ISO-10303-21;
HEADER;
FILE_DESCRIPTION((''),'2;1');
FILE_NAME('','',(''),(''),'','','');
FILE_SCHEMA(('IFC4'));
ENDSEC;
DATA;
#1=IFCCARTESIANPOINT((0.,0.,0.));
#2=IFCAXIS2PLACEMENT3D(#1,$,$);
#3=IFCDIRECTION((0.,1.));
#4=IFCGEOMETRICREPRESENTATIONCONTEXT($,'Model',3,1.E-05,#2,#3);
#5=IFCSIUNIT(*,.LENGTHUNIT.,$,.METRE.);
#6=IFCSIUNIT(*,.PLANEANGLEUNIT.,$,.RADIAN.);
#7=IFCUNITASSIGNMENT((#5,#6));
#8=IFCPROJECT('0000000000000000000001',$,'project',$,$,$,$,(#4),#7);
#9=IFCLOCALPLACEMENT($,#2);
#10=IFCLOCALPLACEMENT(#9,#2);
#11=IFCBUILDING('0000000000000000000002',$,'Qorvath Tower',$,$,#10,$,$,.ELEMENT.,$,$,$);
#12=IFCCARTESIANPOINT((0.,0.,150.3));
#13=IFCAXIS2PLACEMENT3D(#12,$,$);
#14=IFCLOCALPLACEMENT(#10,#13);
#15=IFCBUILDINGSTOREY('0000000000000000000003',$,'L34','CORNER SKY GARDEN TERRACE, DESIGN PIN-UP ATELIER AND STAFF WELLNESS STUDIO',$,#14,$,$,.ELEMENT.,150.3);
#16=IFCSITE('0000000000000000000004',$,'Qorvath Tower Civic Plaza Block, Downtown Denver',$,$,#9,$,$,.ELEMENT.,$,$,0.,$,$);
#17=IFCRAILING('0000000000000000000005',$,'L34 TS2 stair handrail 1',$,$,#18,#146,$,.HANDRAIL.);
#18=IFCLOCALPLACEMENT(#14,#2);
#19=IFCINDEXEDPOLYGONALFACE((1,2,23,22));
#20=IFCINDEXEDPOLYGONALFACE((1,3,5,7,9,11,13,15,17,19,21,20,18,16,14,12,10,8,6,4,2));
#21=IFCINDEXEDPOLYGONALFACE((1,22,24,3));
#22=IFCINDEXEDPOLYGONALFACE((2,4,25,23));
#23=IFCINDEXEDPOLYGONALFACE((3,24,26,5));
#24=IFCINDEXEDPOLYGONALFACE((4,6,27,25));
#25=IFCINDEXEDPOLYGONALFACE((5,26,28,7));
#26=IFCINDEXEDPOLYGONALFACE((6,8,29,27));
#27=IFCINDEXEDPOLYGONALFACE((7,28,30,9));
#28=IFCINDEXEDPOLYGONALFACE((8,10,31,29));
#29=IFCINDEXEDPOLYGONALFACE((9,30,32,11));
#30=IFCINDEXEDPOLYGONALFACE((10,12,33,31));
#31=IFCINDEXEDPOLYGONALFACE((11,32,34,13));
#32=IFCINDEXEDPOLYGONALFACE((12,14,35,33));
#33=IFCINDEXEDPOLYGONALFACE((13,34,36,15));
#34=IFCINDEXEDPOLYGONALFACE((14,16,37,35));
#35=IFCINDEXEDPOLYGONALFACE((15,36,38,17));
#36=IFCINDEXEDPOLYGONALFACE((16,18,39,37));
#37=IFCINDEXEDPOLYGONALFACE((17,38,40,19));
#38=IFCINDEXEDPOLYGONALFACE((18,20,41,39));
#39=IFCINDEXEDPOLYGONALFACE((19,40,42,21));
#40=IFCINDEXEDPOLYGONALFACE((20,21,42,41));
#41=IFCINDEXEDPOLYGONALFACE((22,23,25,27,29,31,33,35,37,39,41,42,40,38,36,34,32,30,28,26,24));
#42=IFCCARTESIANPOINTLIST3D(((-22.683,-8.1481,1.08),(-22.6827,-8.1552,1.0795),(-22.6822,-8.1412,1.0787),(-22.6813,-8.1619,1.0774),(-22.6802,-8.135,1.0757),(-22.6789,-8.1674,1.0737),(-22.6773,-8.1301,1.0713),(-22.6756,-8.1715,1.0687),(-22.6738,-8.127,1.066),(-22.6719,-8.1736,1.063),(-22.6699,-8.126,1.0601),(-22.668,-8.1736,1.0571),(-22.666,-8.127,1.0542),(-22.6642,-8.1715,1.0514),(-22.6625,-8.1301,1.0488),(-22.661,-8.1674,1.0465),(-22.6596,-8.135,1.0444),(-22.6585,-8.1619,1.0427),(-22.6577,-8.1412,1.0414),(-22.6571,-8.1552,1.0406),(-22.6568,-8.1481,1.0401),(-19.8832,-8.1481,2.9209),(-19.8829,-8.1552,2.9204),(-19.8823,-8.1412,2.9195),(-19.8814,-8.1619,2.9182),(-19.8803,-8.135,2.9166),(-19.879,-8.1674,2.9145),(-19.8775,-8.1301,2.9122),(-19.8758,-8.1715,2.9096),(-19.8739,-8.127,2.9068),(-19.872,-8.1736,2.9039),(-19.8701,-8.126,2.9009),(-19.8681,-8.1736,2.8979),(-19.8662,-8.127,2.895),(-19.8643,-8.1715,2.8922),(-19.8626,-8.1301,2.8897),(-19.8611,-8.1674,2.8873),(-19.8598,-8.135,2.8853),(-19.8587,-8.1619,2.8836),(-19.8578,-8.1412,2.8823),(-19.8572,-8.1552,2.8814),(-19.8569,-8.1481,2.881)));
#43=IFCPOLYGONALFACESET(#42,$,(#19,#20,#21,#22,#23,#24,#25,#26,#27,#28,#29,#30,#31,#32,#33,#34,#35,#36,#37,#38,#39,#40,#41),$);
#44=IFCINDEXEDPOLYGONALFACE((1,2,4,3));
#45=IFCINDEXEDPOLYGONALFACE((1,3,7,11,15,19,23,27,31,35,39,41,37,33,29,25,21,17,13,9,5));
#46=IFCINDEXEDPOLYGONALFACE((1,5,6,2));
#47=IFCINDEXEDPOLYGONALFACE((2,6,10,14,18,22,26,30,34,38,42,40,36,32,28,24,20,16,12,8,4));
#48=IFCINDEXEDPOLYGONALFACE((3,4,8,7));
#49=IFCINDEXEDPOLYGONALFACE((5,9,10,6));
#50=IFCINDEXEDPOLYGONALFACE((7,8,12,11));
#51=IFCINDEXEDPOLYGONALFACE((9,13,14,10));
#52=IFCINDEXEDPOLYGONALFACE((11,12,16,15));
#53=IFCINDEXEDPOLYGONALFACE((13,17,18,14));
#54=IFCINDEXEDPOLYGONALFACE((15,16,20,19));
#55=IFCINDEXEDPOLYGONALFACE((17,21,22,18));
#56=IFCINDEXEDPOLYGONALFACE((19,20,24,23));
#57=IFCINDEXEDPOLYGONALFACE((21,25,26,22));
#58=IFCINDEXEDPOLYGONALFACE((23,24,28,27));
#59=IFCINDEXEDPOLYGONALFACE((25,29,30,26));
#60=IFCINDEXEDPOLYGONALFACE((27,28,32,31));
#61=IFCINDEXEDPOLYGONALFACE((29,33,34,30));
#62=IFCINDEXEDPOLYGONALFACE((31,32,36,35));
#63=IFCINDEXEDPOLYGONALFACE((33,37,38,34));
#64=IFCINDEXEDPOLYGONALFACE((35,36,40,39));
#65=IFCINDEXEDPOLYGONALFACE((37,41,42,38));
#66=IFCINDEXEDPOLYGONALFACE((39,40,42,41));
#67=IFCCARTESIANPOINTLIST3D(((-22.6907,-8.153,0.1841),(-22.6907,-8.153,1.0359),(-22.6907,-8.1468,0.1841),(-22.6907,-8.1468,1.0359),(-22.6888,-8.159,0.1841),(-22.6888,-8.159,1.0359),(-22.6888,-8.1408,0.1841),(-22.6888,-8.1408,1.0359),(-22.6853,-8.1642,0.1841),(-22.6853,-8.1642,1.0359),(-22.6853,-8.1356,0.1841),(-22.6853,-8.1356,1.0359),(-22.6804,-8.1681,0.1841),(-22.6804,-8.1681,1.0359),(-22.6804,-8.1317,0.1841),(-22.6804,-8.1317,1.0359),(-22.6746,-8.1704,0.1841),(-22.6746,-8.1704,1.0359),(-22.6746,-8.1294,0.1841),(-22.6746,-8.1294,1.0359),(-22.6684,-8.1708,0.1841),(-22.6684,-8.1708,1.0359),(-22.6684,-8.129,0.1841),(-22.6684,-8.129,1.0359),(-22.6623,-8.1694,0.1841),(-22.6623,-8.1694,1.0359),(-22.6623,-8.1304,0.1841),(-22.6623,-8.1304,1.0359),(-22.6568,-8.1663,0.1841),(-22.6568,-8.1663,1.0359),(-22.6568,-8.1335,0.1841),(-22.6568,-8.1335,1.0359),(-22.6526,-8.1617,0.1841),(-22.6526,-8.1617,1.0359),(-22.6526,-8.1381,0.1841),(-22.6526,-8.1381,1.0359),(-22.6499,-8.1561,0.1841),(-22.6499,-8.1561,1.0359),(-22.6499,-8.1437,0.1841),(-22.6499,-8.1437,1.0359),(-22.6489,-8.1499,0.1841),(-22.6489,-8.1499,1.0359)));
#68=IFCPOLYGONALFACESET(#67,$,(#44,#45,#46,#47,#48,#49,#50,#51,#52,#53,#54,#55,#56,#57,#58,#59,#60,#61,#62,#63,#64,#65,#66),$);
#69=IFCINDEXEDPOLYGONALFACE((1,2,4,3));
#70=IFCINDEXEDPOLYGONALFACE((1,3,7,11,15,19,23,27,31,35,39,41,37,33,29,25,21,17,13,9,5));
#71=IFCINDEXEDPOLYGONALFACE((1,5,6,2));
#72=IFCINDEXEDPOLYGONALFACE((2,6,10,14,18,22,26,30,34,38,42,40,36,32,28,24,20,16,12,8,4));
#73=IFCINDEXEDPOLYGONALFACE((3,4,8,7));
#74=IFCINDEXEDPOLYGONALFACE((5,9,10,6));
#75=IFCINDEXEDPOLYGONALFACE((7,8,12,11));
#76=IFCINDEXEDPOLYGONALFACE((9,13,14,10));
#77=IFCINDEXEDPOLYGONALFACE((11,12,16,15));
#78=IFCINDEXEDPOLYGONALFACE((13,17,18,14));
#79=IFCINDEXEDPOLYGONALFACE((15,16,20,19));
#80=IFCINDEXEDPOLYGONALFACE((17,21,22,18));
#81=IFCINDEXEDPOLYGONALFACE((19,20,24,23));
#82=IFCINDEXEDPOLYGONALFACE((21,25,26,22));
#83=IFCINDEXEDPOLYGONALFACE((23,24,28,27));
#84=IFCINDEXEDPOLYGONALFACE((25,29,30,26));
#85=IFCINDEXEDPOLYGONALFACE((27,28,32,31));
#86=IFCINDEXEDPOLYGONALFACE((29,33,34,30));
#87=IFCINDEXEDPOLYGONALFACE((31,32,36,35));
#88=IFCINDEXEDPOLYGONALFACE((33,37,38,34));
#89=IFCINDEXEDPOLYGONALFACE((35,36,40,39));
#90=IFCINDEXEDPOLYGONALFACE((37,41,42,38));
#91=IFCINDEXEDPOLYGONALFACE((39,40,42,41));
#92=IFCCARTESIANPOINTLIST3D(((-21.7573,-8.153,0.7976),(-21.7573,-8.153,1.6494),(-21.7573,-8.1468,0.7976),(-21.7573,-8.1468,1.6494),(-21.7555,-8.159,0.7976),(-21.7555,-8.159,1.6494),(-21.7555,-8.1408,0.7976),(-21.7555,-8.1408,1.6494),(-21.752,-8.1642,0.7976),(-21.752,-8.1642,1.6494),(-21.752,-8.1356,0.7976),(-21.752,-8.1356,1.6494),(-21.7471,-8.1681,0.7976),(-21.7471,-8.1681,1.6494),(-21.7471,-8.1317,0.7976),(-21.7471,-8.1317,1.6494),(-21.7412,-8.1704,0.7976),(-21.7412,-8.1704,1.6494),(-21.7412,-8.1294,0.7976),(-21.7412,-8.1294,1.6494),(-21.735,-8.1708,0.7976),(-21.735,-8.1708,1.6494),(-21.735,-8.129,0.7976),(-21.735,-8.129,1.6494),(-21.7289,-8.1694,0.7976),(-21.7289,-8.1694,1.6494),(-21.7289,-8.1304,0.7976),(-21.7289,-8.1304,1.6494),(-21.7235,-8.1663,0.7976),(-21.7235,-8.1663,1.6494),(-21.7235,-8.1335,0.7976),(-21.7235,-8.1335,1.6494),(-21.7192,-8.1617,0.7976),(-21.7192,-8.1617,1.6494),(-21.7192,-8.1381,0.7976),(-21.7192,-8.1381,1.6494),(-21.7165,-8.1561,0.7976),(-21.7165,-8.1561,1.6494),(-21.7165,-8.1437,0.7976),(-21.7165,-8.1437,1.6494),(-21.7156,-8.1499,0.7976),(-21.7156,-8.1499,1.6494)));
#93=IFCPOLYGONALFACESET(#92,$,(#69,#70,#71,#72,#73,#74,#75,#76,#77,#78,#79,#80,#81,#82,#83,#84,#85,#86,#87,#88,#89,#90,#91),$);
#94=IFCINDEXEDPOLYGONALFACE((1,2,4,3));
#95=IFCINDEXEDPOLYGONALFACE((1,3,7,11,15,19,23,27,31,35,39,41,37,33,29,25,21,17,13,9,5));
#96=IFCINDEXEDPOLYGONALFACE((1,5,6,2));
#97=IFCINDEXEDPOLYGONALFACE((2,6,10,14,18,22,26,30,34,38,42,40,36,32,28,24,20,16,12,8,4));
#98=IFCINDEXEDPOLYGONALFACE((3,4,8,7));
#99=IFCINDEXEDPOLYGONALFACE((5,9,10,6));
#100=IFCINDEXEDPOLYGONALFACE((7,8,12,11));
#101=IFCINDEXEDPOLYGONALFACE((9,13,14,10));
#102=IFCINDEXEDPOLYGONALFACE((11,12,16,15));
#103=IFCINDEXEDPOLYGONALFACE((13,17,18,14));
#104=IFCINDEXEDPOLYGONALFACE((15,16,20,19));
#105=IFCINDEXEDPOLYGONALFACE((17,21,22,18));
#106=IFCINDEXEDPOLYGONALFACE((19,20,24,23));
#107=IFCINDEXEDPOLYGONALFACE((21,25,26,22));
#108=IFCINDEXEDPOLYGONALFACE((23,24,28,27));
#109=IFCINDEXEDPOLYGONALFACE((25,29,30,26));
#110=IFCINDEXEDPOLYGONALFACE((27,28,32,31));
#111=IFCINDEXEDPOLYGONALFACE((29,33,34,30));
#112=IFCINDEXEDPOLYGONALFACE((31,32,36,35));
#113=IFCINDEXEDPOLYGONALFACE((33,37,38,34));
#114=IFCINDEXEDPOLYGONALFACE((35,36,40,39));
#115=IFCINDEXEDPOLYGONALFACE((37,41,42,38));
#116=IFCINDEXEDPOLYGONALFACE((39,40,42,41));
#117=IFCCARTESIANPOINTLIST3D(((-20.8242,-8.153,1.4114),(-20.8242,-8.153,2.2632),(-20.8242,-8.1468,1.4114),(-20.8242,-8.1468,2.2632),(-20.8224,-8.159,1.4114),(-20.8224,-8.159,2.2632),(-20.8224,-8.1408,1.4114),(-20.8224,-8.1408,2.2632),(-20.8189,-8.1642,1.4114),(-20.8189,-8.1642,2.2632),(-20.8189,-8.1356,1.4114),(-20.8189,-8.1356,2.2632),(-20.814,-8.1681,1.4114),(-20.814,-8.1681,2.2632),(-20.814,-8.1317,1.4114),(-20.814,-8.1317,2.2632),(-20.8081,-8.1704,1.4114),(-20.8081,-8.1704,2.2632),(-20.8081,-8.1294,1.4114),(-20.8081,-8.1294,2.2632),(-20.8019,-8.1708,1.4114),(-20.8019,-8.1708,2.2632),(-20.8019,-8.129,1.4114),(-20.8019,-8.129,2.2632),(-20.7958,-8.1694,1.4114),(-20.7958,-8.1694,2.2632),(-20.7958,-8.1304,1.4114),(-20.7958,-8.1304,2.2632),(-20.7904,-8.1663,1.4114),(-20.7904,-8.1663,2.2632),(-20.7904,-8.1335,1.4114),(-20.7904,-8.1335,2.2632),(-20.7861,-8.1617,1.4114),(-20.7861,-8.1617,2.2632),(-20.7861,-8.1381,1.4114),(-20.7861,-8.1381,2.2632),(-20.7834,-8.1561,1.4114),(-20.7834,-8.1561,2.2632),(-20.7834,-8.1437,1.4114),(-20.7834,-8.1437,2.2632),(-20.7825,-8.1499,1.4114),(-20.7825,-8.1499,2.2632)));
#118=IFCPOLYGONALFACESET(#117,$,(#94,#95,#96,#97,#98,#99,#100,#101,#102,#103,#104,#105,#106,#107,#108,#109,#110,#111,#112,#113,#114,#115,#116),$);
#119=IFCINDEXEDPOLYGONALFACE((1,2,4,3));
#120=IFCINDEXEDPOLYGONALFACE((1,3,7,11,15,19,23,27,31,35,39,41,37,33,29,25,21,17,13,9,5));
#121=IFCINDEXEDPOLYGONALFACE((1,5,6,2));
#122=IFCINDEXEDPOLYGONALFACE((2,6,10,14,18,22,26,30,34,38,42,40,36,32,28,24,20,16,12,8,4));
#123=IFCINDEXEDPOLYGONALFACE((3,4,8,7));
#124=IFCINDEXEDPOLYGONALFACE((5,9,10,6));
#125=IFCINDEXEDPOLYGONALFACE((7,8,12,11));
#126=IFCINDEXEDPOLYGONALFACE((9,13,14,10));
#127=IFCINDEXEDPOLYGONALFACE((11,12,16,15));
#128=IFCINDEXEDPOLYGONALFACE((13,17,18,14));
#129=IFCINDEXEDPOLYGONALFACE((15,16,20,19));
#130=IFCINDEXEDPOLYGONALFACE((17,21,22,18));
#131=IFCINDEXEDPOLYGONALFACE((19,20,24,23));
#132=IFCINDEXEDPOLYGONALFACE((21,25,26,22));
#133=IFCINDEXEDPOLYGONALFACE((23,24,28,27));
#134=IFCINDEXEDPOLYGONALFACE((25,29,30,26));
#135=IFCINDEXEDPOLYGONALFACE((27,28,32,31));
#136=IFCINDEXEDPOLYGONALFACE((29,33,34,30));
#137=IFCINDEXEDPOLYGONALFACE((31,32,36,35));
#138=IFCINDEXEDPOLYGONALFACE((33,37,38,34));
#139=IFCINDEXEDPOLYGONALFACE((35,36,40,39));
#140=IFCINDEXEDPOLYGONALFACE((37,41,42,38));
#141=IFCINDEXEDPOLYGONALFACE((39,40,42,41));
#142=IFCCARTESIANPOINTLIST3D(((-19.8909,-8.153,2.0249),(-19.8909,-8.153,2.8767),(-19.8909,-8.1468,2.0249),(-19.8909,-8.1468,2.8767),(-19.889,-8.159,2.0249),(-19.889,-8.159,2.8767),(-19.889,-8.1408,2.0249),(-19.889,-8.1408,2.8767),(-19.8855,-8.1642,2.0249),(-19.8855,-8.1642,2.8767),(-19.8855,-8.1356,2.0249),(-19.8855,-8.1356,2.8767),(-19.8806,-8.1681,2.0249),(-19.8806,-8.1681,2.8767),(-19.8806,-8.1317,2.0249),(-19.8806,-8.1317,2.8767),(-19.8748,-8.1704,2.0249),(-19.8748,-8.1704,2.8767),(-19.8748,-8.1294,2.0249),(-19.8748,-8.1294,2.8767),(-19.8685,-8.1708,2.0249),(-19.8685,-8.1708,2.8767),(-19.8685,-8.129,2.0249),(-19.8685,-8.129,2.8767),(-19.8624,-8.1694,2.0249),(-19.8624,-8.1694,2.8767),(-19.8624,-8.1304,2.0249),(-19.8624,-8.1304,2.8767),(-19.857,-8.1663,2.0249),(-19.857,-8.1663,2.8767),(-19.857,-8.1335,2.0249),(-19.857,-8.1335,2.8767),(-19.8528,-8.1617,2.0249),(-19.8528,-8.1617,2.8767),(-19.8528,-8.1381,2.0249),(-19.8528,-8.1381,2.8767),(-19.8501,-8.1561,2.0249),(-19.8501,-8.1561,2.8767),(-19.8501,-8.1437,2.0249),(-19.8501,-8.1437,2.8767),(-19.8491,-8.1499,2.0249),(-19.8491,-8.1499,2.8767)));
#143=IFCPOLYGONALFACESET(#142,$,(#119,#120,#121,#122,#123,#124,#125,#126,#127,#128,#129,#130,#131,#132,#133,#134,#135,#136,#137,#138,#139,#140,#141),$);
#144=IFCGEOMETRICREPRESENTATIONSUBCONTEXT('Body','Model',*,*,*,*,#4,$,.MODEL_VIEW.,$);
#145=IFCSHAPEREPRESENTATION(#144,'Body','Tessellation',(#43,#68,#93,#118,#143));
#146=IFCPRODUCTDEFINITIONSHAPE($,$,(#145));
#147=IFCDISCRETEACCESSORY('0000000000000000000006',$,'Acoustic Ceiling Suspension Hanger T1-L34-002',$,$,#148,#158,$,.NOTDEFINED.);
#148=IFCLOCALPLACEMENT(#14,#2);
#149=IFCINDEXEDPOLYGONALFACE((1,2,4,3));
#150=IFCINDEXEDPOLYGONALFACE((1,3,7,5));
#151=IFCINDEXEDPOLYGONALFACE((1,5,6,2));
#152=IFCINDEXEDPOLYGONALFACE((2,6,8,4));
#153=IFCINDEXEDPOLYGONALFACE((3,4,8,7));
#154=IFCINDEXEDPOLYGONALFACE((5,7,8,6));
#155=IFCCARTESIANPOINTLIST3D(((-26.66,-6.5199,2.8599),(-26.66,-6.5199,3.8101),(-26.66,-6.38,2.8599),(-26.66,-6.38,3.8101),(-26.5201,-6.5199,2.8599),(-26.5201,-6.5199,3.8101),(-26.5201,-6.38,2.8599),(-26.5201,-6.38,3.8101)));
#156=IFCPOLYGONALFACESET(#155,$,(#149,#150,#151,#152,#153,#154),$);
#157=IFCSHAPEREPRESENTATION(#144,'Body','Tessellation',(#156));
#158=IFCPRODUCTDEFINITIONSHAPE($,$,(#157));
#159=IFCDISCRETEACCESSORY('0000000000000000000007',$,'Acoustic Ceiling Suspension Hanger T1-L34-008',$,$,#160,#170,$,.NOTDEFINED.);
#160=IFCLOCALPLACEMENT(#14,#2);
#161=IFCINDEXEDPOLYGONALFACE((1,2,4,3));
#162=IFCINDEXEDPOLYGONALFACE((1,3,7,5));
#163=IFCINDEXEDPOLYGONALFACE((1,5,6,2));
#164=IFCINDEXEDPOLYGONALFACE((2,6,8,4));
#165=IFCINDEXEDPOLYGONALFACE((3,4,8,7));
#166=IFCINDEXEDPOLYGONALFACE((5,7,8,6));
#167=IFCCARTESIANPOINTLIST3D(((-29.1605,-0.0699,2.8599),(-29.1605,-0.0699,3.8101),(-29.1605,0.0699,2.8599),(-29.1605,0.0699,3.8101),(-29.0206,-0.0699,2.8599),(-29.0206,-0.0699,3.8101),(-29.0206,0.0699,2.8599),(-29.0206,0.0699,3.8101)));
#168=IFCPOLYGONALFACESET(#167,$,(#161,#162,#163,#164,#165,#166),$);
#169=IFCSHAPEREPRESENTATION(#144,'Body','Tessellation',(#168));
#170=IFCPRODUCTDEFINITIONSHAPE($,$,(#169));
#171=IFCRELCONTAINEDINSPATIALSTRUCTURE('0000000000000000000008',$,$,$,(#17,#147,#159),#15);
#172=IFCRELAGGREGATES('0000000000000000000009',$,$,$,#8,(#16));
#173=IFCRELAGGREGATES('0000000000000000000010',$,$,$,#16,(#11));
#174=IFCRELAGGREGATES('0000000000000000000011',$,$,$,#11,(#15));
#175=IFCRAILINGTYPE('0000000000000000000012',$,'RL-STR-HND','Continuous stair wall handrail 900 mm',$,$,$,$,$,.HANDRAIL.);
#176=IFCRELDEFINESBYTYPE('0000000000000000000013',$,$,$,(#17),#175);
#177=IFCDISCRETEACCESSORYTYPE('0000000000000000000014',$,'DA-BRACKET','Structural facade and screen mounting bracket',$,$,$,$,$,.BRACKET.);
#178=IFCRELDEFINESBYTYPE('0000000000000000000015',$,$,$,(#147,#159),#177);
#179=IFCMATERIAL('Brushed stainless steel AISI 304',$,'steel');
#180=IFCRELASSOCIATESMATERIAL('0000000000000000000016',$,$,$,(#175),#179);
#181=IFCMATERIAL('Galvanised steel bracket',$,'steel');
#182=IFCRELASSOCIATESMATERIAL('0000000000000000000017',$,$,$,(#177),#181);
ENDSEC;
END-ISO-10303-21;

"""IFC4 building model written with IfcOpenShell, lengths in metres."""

from ifc_helpers import new_model, si_unit, direction, frame, origin, origin_2d, place, context, subcontext, project, spatial, rectangle, circle, extrude, material, type_object, element, save


model = new_model("IFC4")

# Units and contexts
model_context = context("Model", 3, precision=1e-05, world=origin(), true_north=direction((0.0, 1.0)))
body_context = subcontext(model_context, "Body", "Model", "MODEL_VIEW")
ifc_project = project(units=[si_unit("LENGTHUNIT", "METRE"), si_unit("PLANEANGLEUNIT", "RADIAN")], contexts=[model_context])

# Site, building, storey
site_placement = place(None, origin())
site = spatial("IfcSite", under=ifc_project, at=site_placement, Name="Qorvath Tower Civic Plaza Block, Downtown Denver", CompositionType="ELEMENT", RefElevation=0.0)
building_placement = place(site_placement, origin())
building = spatial("IfcBuilding", under=site, at=building_placement, Name="Qorvath Tower", CompositionType="ELEMENT")
storey_placement = place(building_placement, frame((0.0, 0.0, 150.3)))
storey = spatial("IfcBuildingStorey", under=building, at=storey_placement, Name="L34", Description="CORNER SKY GARDEN TERRACE, DESIGN PIN-UP ATELIER AND STAFF WELLNESS STUDIO", CompositionType="ELEMENT", Elevation=150.3)

# Railing
ifc_material_1 = material(Name="Brushed stainless steel AISI 304", Category="steel")
railing_type_1 = type_object("IfcRailingType", Name="RL-STR-HND", Description="Continuous stair wall handrail 900 mm", PredefinedType="HANDRAIL", material=ifc_material_1)
railing_1_placement = place(storey_placement, frame((-22.6699, -8.1499, 0.1841)))
element("IfcRailing", 1, at=railing_1_placement, inside=storey, type_object=railing_type_1, Name="L34 TS2 stair handrail 1", PredefinedType="HANDRAIL", context=body_context, shape_type="SweptSolid", body=[
    extrude(circle(Radius=0.0239, at=origin_2d()), frame((0.0, 0.0, 0.876), z_axis=(0.835576, 0.0, 0.549376), x_axis=(0.0, 1.0, 0.0)), (0.0, 0.0, 1.0), 3.3508),
    extrude(circle(Radius=0.021, at=origin_2d()), origin(), (0.0, 0.0, 1.0), 0.8518),
    extrude(circle(Radius=0.021, at=origin_2d()), frame((0.9333, 0.0, 0.6135)), (0.0, 0.0, 1.0), 0.8518),
    extrude(circle(Radius=0.021, at=origin_2d()), frame((1.8665, 0.0, 1.2273)), (0.0, 0.0, 1.0), 0.8518),
    extrude(circle(Radius=0.021, at=origin_2d()), frame((2.7998, 0.0, 1.8408)), (0.0, 0.0, 1.0), 0.8518),
])

# Discrete accessories
ifc_material_2 = material(Name="Galvanised steel bracket", Category="steel")
discrete_accessory_type = type_object("IfcDiscreteAccessoryType", Name="DA-BRACKET", Description="Structural facade and screen mounting bracket", PredefinedType="BRACKET", material=ifc_material_2)
for number, where, z_axis, x_axis, name in (
    (2, (-26.5901, -6.45, 2.8599), (0.0, 0.0, 1.0), (1.0, 0.0, 0.0), "Acoustic Ceiling Suspension Hanger T1-L34-002"),
    (3, (-29.0906, 0.0, 2.8599), (0.0, 0.0, 1.0), (1.0, 0.0, 0.0), "Acoustic Ceiling Suspension Hanger T1-L34-008"),
):
    element("IfcDiscreteAccessory", number, at=place(storey_placement, frame(where, z_axis=z_axis, x_axis=x_axis)), inside=storey, type_object=discrete_accessory_type, Name=name, PredefinedType="NOTDEFINED", context=body_context, shape_type="SweptSolid", body=[
        extrude(rectangle(XDim=0.1399, YDim=0.1399, at=origin_2d()), origin(), (0.0, 0.0, 1.0), 0.9502),
    ])

save(model, "model.ifc")
